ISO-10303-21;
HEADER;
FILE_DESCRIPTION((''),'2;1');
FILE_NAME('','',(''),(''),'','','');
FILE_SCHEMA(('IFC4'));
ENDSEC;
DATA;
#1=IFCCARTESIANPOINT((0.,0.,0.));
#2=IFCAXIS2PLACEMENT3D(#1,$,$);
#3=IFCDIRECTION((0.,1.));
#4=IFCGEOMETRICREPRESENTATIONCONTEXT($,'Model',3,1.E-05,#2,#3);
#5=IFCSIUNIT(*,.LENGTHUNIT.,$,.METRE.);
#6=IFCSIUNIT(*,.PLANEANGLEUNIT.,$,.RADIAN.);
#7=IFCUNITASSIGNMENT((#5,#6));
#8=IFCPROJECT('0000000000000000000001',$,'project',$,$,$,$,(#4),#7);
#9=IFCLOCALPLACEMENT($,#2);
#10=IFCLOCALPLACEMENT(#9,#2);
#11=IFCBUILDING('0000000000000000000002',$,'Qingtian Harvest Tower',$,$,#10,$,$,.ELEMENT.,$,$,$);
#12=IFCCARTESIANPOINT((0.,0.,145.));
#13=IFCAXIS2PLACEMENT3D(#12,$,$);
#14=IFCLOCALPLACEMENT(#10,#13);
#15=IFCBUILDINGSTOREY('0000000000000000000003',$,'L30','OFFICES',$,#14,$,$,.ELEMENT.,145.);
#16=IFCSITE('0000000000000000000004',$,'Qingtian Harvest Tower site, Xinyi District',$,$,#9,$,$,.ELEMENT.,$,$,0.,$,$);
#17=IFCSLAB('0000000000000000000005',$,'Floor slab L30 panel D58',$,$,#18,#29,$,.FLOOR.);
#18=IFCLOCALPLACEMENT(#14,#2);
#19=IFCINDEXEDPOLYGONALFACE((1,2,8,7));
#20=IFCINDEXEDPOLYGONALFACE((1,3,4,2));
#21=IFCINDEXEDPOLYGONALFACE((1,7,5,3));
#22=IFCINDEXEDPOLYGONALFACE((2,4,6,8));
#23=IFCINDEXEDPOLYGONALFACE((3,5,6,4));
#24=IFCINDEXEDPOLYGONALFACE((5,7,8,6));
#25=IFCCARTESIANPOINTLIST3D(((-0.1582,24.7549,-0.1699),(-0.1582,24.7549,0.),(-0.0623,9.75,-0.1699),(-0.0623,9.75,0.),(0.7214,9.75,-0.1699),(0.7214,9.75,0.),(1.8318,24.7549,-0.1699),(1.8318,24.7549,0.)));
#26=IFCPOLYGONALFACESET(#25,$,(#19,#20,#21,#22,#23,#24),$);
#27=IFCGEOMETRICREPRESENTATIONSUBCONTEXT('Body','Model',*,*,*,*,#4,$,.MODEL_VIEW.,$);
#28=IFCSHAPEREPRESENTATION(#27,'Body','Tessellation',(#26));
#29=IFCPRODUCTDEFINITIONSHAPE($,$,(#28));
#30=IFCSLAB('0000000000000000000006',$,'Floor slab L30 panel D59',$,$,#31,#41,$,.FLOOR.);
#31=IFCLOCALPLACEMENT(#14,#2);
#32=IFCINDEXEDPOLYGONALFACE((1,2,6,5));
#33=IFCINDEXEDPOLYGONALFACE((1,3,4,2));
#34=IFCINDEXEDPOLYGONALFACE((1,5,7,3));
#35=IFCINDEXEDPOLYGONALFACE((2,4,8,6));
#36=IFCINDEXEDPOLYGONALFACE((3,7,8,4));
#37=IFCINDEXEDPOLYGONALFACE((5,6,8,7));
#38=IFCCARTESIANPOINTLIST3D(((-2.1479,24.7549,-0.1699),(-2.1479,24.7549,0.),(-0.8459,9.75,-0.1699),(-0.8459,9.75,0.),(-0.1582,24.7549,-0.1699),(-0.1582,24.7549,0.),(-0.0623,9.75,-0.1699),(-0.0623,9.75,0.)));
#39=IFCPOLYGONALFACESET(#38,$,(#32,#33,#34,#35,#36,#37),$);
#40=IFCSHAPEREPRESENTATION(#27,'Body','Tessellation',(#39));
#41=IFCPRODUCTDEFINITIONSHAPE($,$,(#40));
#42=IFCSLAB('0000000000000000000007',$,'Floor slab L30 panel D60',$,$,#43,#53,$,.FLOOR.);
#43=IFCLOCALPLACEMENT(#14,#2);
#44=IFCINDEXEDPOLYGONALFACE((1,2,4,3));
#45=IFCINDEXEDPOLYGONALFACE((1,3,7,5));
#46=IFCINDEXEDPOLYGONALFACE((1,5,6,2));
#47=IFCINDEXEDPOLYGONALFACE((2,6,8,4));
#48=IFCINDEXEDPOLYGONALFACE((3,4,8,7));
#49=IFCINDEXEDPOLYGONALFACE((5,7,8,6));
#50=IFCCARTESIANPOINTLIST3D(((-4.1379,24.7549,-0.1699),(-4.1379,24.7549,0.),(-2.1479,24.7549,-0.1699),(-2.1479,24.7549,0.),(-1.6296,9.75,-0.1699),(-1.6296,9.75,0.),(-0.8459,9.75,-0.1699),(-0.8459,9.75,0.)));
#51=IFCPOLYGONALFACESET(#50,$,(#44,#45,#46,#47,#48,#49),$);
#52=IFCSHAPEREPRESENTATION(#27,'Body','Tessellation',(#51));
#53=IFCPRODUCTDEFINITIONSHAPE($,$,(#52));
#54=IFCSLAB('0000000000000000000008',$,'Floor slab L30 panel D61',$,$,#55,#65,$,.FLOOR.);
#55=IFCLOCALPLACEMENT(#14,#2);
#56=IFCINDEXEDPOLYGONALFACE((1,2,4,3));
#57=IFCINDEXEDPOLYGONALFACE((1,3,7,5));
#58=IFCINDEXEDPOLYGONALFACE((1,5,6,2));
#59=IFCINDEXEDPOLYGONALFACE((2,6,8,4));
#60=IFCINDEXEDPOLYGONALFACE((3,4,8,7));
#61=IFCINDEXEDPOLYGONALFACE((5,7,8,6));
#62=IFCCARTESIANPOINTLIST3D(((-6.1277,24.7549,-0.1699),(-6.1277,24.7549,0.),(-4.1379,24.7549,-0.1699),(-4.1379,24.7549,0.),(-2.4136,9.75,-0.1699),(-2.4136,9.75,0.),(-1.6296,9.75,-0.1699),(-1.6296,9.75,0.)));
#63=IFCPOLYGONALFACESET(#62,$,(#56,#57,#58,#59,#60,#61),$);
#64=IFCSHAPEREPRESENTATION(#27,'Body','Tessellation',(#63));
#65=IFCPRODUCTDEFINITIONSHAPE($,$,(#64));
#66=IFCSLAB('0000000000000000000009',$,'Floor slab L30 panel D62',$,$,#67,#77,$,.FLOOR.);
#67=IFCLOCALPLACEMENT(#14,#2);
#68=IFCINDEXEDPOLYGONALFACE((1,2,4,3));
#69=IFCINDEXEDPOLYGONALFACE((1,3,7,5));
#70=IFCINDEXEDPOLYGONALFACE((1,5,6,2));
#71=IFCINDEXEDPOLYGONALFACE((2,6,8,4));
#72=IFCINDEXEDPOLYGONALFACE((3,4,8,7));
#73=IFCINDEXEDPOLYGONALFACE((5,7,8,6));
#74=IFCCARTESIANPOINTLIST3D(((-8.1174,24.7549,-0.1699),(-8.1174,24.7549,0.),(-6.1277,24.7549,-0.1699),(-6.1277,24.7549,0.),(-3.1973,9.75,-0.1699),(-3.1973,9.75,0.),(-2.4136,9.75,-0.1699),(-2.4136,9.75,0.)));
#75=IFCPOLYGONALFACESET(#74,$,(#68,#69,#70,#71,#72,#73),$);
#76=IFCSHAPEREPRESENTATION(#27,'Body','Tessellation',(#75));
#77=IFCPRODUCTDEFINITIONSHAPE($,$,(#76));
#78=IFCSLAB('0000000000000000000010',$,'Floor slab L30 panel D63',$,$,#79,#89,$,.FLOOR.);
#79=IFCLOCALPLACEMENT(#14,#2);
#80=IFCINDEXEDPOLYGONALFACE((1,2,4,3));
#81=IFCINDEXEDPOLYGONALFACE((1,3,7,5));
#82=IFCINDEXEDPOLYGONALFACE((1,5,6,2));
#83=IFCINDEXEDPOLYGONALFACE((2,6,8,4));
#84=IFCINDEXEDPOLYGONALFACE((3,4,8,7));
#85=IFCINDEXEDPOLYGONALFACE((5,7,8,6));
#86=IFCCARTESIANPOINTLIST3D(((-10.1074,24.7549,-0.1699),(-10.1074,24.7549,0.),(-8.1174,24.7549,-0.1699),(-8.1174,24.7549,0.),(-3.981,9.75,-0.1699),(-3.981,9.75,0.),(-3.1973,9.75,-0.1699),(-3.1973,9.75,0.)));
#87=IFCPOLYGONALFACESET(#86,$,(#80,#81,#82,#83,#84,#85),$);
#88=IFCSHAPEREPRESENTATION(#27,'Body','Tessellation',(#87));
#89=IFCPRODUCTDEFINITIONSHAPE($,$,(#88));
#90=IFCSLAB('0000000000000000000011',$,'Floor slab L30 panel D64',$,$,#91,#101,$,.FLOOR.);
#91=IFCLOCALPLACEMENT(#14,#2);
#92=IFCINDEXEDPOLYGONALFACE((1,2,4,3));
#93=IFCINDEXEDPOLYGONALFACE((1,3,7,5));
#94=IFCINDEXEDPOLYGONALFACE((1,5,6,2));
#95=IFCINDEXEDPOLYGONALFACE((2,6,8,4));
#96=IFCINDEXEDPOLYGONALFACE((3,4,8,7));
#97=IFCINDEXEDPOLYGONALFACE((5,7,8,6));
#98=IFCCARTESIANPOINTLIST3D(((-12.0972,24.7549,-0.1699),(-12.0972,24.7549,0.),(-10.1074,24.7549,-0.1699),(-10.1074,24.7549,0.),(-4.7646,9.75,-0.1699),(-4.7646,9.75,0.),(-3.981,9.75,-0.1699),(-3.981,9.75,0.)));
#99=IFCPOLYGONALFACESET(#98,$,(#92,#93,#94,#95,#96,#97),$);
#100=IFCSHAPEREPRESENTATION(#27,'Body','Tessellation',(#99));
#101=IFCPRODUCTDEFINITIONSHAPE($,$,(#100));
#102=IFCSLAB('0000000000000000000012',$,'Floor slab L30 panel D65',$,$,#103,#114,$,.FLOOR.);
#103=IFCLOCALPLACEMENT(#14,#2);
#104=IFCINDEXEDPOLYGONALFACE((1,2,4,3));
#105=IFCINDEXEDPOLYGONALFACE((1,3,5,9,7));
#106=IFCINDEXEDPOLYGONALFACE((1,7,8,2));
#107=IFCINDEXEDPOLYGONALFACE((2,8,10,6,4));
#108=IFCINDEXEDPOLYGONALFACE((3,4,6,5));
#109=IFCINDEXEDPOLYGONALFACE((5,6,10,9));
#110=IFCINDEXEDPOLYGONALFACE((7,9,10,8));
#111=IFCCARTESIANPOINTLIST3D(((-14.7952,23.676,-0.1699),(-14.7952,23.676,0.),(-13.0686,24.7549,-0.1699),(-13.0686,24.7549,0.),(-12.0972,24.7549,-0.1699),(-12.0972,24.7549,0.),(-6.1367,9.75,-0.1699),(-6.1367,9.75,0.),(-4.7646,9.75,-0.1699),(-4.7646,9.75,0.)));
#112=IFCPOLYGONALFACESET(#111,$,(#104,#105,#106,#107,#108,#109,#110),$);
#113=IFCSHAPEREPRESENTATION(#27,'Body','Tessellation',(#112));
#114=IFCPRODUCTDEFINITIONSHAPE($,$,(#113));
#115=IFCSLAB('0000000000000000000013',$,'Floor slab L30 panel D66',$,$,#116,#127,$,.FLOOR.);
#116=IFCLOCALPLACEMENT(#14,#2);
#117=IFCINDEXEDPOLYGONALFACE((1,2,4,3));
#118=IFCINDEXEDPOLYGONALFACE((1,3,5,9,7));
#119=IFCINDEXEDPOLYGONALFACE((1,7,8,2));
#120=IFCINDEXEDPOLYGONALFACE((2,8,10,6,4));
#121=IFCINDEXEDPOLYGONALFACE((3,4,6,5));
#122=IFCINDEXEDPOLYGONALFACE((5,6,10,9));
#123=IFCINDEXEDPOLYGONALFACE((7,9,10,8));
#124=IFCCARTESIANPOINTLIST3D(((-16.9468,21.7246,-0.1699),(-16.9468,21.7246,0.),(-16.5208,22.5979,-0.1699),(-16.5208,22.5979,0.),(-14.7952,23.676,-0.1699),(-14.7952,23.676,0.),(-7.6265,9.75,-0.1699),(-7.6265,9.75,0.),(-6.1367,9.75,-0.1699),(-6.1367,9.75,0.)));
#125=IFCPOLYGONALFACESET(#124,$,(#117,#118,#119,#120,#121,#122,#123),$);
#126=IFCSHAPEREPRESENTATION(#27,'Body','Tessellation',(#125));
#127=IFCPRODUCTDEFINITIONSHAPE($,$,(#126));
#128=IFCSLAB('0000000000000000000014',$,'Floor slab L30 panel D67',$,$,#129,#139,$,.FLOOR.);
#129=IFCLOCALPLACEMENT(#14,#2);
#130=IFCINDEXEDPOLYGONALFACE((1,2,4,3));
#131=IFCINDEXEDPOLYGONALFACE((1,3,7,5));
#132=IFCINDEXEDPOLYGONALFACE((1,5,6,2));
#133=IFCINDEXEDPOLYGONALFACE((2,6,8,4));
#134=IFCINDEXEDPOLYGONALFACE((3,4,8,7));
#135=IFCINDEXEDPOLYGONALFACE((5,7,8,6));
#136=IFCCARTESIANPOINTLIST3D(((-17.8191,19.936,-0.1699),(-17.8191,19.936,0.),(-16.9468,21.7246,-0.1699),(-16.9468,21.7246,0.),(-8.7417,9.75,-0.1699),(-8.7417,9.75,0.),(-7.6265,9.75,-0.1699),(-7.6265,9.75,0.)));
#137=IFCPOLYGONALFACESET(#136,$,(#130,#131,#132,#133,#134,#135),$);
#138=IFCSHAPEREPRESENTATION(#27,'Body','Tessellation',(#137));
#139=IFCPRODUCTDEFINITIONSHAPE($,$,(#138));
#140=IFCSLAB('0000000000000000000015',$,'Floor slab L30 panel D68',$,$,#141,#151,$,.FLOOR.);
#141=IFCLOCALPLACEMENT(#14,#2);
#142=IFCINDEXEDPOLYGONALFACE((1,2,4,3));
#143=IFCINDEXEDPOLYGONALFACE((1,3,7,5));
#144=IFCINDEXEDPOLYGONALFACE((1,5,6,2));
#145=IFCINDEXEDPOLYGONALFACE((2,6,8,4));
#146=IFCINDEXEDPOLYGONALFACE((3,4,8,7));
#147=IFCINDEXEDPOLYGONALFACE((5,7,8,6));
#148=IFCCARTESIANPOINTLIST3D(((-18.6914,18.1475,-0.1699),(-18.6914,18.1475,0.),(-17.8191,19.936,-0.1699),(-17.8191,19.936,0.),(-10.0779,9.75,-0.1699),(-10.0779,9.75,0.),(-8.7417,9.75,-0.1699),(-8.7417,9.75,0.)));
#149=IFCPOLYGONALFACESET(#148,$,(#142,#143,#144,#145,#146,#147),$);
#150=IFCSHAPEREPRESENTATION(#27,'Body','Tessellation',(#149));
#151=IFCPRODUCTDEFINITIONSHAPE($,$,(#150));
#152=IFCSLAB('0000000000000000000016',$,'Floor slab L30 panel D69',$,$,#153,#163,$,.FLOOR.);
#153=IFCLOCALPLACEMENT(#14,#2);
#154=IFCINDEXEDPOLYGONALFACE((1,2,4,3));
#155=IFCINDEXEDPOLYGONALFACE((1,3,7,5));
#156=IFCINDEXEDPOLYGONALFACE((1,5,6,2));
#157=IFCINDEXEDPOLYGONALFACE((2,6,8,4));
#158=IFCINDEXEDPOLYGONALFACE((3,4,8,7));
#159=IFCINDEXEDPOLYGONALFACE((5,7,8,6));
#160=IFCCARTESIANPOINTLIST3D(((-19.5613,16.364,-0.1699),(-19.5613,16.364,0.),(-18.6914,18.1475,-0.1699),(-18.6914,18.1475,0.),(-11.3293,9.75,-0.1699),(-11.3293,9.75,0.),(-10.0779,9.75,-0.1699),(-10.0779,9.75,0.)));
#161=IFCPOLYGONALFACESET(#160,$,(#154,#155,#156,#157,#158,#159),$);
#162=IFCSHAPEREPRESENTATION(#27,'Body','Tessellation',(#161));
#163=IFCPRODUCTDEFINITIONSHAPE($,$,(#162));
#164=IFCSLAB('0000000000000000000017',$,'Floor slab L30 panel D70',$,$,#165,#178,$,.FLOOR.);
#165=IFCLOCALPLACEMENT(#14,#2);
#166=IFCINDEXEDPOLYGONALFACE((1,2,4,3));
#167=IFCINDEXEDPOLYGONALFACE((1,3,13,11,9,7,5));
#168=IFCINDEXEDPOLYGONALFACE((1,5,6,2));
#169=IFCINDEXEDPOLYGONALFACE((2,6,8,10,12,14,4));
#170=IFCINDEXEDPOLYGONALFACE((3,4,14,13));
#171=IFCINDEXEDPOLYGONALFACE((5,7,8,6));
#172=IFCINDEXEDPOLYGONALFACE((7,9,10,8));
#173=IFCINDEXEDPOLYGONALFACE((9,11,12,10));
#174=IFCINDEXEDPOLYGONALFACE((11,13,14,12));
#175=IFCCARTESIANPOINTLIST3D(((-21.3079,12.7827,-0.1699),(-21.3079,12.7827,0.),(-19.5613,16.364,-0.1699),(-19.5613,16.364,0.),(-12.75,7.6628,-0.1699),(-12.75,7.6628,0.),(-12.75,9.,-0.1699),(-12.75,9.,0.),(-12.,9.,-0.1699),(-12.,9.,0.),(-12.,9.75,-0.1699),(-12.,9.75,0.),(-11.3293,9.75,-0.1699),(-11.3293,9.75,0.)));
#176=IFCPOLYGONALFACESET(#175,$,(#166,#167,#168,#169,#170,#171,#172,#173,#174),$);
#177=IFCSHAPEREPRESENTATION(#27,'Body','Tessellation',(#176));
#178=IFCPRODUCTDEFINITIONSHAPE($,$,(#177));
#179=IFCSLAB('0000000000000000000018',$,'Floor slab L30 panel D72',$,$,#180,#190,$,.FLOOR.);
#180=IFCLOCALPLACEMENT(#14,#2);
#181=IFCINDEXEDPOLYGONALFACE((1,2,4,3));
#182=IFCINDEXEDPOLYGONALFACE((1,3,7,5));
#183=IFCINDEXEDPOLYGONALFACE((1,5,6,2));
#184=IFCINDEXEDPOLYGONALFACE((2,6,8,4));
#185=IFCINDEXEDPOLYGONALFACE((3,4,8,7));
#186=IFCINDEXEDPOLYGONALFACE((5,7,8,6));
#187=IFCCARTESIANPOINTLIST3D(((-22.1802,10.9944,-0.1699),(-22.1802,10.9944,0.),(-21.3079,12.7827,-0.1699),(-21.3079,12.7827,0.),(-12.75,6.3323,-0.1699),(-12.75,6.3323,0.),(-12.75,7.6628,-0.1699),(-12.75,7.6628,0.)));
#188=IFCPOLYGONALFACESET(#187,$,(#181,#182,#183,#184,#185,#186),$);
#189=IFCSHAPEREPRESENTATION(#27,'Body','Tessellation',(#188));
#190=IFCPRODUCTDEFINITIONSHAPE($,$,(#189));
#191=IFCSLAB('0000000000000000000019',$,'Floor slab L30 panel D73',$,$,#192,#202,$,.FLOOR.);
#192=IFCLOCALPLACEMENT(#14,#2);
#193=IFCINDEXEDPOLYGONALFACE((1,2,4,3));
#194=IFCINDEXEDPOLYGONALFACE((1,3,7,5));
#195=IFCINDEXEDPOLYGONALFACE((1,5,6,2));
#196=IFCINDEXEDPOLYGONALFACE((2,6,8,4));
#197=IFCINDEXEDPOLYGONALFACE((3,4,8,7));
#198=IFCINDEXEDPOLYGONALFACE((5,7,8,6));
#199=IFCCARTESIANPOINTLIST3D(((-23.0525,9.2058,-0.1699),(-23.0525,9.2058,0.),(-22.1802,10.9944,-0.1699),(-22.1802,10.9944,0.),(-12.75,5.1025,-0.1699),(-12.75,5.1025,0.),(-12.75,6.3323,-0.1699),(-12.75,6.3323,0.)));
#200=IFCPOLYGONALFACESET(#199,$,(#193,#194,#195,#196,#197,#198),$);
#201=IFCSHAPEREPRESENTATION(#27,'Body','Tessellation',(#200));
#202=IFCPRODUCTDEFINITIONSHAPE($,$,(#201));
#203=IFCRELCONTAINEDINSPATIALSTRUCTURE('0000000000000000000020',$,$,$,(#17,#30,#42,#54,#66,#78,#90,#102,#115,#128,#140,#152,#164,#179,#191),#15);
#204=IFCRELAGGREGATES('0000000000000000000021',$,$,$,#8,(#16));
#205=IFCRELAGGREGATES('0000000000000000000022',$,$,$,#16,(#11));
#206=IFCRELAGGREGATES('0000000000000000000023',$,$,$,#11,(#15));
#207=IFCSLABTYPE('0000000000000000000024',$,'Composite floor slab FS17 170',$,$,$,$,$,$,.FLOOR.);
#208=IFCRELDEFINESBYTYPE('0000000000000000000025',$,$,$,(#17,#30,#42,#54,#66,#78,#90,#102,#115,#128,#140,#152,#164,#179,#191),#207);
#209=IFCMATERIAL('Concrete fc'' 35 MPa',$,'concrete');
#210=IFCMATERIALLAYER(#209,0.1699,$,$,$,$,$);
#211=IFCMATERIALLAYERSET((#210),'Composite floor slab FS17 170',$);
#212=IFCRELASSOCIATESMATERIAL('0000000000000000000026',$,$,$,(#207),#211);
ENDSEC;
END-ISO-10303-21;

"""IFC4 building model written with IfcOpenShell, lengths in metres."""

from ifc_helpers import new_model, si_unit, direction, frame, origin, place, context, subcontext, project, spatial, polyline, outline, extrude, material, layer, layer_set, type_object, element, save


model = new_model("IFC4")

# Units and contexts
model_context = context("Model", 3, precision=1e-05, world=origin(), true_north=direction((0.0, 1.0)))
body_context = subcontext(model_context, "Body", "Model", "MODEL_VIEW")
ifc_project = project(units=[si_unit("LENGTHUNIT", "METRE"), si_unit("PLANEANGLEUNIT", "RADIAN")], contexts=[model_context])

# Site, building, storey
site_placement = place(None, origin())
site = spatial("IfcSite", under=ifc_project, at=site_placement, Name="Qingtian Harvest Tower site, Xinyi District", CompositionType="ELEMENT", RefElevation=0.0)
building_placement = place(site_placement, origin())
building = spatial("IfcBuilding", under=site, at=building_placement, Name="Qingtian Harvest Tower", CompositionType="ELEMENT")
storey_placement = place(building_placement, frame((0.0, 0.0, 145.0)))
storey = spatial("IfcBuildingStorey", under=building, at=storey_placement, Name="L30", Description="OFFICES", CompositionType="ELEMENT", Elevation=145.0)

# Slabs
ifc_material_1 = material(Name="Concrete fc' 35 MPa", Category="concrete")
ifc_layer_1 = layer(ifc_material_1, 0.1699)
ifc_layer_set_1 = layer_set([ifc_layer_1], Name="Composite floor slab FS17 170")
slab_type = type_object("IfcSlabType", Name="Composite floor slab FS17 170", PredefinedType="FLOOR", material=ifc_layer_set_1)
slab_1_placement = place(storey_placement, frame((0.0, 0.0, -0.1699)))
element("IfcSlab", 1, at=slab_1_placement, inside=storey, type_object=slab_type, Name="Floor slab L30 panel D58", PredefinedType="FLOOR", context=body_context, shape_type="SweptSolid", body=[
    extrude(outline(polyline([(-0.0623, 9.75), (-0.1582, 24.7549), (1.8318, 24.7549), (0.7214, 9.75), (-0.0623, 9.75)])), origin(), (0.0, 0.0, 1.0), 0.1699),
])
slab_2_placement = place(storey_placement, frame((0.0, 0.0, -0.1699)))
element("IfcSlab", 2, at=slab_2_placement, inside=storey, type_object=slab_type, Name="Floor slab L30 panel D59", PredefinedType="FLOOR", context=body_context, shape_type="SweptSolid", body=[
    extrude(outline(polyline([(-0.8459, 9.75), (-2.1479, 24.7549), (-0.1582, 24.7549), (-0.0623, 9.75), (-0.8459, 9.75)])), origin(), (0.0, 0.0, 1.0), 0.1699),
])
slab_3_placement = place(storey_placement, frame((0.0, 0.0, -0.1699)))
element("IfcSlab", 3, at=slab_3_placement, inside=storey, type_object=slab_type, Name="Floor slab L30 panel D60", PredefinedType="FLOOR", context=body_context, shape_type="SweptSolid", body=[
    extrude(outline(polyline([(-1.6296, 9.75), (-4.1379, 24.7549), (-2.1479, 24.7549), (-0.8459, 9.75), (-1.6296, 9.75)])), origin(), (0.0, 0.0, 1.0), 0.1699),
])
slab_4_placement = place(storey_placement, frame((0.0, 0.0, -0.1699)))
element("IfcSlab", 4, at=slab_4_placement, inside=storey, type_object=slab_type, Name="Floor slab L30 panel D61", PredefinedType="FLOOR", context=body_context, shape_type="SweptSolid", body=[
    extrude(outline(polyline([(-2.4136, 9.75), (-6.1277, 24.7549), (-4.1379, 24.7549), (-1.6296, 9.75), (-2.4136, 9.75)])), origin(), (0.0, 0.0, 1.0), 0.1699),
])
slab_5_placement = place(storey_placement, frame((0.0, 0.0, -0.1699)))
element("IfcSlab", 5, at=slab_5_placement, inside=storey, type_object=slab_type, Name="Floor slab L30 panel D62", PredefinedType="FLOOR", context=body_context, shape_type="SweptSolid", body=[
    extrude(outline(polyline([(-3.1973, 9.75), (-8.1174, 24.7549), (-6.1277, 24.7549), (-2.4136, 9.75), (-3.1973, 9.75)])), origin(), (0.0, 0.0, 1.0), 0.1699),
])
slab_6_placement = place(storey_placement, frame((0.0, 0.0, -0.1699)))
element("IfcSlab", 6, at=slab_6_placement, inside=storey, type_object=slab_type, Name="Floor slab L30 panel D63", PredefinedType="FLOOR", context=body_context, shape_type="SweptSolid", body=[
    extrude(outline(polyline([(-3.981, 9.75), (-10.1074, 24.7549), (-8.1174, 24.7549), (-3.1973, 9.75), (-3.981, 9.75)])), origin(), (0.0, 0.0, 1.0), 0.1699),
])
slab_7_placement = place(storey_placement, frame((0.0, 0.0, -0.1699)))
element("IfcSlab", 7, at=slab_7_placement, inside=storey, type_object=slab_type, Name="Floor slab L30 panel D64", PredefinedType="FLOOR", context=body_context, shape_type="SweptSolid", body=[
    extrude(outline(polyline([(-4.7646, 9.75), (-12.0972, 24.7549), (-10.1074, 24.7549), (-3.981, 9.75), (-4.7646, 9.75)])), origin(), (0.0, 0.0, 1.0), 0.1699),
])
slab_8_placement = place(storey_placement, frame((0.0, 0.0, -0.1699)))
element("IfcSlab", 8, at=slab_8_placement, inside=storey, type_object=slab_type, Name="Floor slab L30 panel D65", PredefinedType="FLOOR", context=body_context, shape_type="SweptSolid", body=[
    extrude(outline(polyline([(-4.7646, 9.75), (-6.1367, 9.75), (-14.7952, 23.676), (-13.0686, 24.7549), (-12.0972, 24.7549), (-4.7646, 9.75)])), origin(), (0.0, 0.0, 1.0), 0.1699),
])
slab_9_placement = place(storey_placement, frame((0.0, 0.0, -0.1699)))
element("IfcSlab", 9, at=slab_9_placement, inside=storey, type_object=slab_type, Name="Floor slab L30 panel D66", PredefinedType="FLOOR", context=body_context, shape_type="SweptSolid", body=[
    extrude(outline(polyline([(-6.1367, 9.75), (-7.6265, 9.75), (-16.9468, 21.7246), (-16.5208, 22.5979), (-14.7952, 23.676), (-6.1367, 9.75)])), origin(), (0.0, 0.0, 1.0), 0.1699),
])
slab_10_placement = place(storey_placement, frame((0.0, 0.0, -0.1699)))
element("IfcSlab", 10, at=slab_10_placement, inside=storey, type_object=slab_type, Name="Floor slab L30 panel D67", PredefinedType="FLOOR", context=body_context, shape_type="SweptSolid", body=[
    extrude(outline(polyline([(-8.7417, 9.75), (-17.8191, 19.936), (-16.9468, 21.7246), (-7.6265, 9.75), (-8.7417, 9.75)])), origin(), (0.0, 0.0, 1.0), 0.1699),
])
slab_11_placement = place(storey_placement, frame((0.0, 0.0, -0.1699)))
element("IfcSlab", 11, at=slab_11_placement, inside=storey, type_object=slab_type, Name="Floor slab L30 panel D68", PredefinedType="FLOOR", context=body_context, shape_type="SweptSolid", body=[
    extrude(outline(polyline([(-10.0779, 9.75), (-18.6914, 18.1475), (-17.8191, 19.936), (-8.7417, 9.75), (-10.0779, 9.75)])), origin(), (0.0, 0.0, 1.0), 0.1699),
])
slab_12_placement = place(storey_placement, frame((0.0, 0.0, -0.1699)))
element("IfcSlab", 12, at=slab_12_placement, inside=storey, type_object=slab_type, Name="Floor slab L30 panel D69", PredefinedType="FLOOR", context=body_context, shape_type="SweptSolid", body=[
    extrude(outline(polyline([(-11.3293, 9.75), (-19.5613, 16.364), (-18.6914, 18.1475), (-10.0779, 9.75), (-11.3293, 9.75)])), origin(), (0.0, 0.0, 1.0), 0.1699),
])
slab_13_placement = place(storey_placement, frame((0.0, 0.0, -0.1699)))
element("IfcSlab", 13, at=slab_13_placement, inside=storey, type_object=slab_type, Name="Floor slab L30 panel D70", PredefinedType="FLOOR", context=body_context, shape_type="SweptSolid", body=[
    extrude(outline(polyline([(-12.0, 9.0), (-12.75, 9.0), (-12.75, 7.6628), (-21.3079, 12.7827), (-19.5613, 16.364), (-11.3293, 9.75), (-12.0, 9.75), (-12.0, 9.0)])), origin(), (0.0, 0.0, 1.0), 0.1699),
])
slab_14_placement = place(storey_placement, frame((0.0, 0.0, -0.1699)))
element("IfcSlab", 14, at=slab_14_placement, inside=storey, type_object=slab_type, Name="Floor slab L30 panel D72", PredefinedType="FLOOR", context=body_context, shape_type="SweptSolid", body=[
    extrude(outline(polyline([(-12.75, 6.3323), (-22.1802, 10.9944), (-21.3079, 12.7827), (-12.75, 7.6628), (-12.75, 6.3323)])), origin(), (0.0, 0.0, 1.0), 0.1699),
])
slab_15_placement = place(storey_placement, frame((0.0, 0.0, -0.1699)))
element("IfcSlab", 15, at=slab_15_placement, inside=storey, type_object=slab_type, Name="Floor slab L30 panel D73", PredefinedType="FLOOR", context=body_context, shape_type="SweptSolid", body=[
    extrude(outline(polyline([(-12.75, 5.1025), (-23.0525, 9.2058), (-22.1802, 10.9944), (-12.75, 6.3323), (-12.75, 5.1025)])), origin(), (0.0, 0.0, 1.0), 0.1699),
])

save(model, "model.ifc")
